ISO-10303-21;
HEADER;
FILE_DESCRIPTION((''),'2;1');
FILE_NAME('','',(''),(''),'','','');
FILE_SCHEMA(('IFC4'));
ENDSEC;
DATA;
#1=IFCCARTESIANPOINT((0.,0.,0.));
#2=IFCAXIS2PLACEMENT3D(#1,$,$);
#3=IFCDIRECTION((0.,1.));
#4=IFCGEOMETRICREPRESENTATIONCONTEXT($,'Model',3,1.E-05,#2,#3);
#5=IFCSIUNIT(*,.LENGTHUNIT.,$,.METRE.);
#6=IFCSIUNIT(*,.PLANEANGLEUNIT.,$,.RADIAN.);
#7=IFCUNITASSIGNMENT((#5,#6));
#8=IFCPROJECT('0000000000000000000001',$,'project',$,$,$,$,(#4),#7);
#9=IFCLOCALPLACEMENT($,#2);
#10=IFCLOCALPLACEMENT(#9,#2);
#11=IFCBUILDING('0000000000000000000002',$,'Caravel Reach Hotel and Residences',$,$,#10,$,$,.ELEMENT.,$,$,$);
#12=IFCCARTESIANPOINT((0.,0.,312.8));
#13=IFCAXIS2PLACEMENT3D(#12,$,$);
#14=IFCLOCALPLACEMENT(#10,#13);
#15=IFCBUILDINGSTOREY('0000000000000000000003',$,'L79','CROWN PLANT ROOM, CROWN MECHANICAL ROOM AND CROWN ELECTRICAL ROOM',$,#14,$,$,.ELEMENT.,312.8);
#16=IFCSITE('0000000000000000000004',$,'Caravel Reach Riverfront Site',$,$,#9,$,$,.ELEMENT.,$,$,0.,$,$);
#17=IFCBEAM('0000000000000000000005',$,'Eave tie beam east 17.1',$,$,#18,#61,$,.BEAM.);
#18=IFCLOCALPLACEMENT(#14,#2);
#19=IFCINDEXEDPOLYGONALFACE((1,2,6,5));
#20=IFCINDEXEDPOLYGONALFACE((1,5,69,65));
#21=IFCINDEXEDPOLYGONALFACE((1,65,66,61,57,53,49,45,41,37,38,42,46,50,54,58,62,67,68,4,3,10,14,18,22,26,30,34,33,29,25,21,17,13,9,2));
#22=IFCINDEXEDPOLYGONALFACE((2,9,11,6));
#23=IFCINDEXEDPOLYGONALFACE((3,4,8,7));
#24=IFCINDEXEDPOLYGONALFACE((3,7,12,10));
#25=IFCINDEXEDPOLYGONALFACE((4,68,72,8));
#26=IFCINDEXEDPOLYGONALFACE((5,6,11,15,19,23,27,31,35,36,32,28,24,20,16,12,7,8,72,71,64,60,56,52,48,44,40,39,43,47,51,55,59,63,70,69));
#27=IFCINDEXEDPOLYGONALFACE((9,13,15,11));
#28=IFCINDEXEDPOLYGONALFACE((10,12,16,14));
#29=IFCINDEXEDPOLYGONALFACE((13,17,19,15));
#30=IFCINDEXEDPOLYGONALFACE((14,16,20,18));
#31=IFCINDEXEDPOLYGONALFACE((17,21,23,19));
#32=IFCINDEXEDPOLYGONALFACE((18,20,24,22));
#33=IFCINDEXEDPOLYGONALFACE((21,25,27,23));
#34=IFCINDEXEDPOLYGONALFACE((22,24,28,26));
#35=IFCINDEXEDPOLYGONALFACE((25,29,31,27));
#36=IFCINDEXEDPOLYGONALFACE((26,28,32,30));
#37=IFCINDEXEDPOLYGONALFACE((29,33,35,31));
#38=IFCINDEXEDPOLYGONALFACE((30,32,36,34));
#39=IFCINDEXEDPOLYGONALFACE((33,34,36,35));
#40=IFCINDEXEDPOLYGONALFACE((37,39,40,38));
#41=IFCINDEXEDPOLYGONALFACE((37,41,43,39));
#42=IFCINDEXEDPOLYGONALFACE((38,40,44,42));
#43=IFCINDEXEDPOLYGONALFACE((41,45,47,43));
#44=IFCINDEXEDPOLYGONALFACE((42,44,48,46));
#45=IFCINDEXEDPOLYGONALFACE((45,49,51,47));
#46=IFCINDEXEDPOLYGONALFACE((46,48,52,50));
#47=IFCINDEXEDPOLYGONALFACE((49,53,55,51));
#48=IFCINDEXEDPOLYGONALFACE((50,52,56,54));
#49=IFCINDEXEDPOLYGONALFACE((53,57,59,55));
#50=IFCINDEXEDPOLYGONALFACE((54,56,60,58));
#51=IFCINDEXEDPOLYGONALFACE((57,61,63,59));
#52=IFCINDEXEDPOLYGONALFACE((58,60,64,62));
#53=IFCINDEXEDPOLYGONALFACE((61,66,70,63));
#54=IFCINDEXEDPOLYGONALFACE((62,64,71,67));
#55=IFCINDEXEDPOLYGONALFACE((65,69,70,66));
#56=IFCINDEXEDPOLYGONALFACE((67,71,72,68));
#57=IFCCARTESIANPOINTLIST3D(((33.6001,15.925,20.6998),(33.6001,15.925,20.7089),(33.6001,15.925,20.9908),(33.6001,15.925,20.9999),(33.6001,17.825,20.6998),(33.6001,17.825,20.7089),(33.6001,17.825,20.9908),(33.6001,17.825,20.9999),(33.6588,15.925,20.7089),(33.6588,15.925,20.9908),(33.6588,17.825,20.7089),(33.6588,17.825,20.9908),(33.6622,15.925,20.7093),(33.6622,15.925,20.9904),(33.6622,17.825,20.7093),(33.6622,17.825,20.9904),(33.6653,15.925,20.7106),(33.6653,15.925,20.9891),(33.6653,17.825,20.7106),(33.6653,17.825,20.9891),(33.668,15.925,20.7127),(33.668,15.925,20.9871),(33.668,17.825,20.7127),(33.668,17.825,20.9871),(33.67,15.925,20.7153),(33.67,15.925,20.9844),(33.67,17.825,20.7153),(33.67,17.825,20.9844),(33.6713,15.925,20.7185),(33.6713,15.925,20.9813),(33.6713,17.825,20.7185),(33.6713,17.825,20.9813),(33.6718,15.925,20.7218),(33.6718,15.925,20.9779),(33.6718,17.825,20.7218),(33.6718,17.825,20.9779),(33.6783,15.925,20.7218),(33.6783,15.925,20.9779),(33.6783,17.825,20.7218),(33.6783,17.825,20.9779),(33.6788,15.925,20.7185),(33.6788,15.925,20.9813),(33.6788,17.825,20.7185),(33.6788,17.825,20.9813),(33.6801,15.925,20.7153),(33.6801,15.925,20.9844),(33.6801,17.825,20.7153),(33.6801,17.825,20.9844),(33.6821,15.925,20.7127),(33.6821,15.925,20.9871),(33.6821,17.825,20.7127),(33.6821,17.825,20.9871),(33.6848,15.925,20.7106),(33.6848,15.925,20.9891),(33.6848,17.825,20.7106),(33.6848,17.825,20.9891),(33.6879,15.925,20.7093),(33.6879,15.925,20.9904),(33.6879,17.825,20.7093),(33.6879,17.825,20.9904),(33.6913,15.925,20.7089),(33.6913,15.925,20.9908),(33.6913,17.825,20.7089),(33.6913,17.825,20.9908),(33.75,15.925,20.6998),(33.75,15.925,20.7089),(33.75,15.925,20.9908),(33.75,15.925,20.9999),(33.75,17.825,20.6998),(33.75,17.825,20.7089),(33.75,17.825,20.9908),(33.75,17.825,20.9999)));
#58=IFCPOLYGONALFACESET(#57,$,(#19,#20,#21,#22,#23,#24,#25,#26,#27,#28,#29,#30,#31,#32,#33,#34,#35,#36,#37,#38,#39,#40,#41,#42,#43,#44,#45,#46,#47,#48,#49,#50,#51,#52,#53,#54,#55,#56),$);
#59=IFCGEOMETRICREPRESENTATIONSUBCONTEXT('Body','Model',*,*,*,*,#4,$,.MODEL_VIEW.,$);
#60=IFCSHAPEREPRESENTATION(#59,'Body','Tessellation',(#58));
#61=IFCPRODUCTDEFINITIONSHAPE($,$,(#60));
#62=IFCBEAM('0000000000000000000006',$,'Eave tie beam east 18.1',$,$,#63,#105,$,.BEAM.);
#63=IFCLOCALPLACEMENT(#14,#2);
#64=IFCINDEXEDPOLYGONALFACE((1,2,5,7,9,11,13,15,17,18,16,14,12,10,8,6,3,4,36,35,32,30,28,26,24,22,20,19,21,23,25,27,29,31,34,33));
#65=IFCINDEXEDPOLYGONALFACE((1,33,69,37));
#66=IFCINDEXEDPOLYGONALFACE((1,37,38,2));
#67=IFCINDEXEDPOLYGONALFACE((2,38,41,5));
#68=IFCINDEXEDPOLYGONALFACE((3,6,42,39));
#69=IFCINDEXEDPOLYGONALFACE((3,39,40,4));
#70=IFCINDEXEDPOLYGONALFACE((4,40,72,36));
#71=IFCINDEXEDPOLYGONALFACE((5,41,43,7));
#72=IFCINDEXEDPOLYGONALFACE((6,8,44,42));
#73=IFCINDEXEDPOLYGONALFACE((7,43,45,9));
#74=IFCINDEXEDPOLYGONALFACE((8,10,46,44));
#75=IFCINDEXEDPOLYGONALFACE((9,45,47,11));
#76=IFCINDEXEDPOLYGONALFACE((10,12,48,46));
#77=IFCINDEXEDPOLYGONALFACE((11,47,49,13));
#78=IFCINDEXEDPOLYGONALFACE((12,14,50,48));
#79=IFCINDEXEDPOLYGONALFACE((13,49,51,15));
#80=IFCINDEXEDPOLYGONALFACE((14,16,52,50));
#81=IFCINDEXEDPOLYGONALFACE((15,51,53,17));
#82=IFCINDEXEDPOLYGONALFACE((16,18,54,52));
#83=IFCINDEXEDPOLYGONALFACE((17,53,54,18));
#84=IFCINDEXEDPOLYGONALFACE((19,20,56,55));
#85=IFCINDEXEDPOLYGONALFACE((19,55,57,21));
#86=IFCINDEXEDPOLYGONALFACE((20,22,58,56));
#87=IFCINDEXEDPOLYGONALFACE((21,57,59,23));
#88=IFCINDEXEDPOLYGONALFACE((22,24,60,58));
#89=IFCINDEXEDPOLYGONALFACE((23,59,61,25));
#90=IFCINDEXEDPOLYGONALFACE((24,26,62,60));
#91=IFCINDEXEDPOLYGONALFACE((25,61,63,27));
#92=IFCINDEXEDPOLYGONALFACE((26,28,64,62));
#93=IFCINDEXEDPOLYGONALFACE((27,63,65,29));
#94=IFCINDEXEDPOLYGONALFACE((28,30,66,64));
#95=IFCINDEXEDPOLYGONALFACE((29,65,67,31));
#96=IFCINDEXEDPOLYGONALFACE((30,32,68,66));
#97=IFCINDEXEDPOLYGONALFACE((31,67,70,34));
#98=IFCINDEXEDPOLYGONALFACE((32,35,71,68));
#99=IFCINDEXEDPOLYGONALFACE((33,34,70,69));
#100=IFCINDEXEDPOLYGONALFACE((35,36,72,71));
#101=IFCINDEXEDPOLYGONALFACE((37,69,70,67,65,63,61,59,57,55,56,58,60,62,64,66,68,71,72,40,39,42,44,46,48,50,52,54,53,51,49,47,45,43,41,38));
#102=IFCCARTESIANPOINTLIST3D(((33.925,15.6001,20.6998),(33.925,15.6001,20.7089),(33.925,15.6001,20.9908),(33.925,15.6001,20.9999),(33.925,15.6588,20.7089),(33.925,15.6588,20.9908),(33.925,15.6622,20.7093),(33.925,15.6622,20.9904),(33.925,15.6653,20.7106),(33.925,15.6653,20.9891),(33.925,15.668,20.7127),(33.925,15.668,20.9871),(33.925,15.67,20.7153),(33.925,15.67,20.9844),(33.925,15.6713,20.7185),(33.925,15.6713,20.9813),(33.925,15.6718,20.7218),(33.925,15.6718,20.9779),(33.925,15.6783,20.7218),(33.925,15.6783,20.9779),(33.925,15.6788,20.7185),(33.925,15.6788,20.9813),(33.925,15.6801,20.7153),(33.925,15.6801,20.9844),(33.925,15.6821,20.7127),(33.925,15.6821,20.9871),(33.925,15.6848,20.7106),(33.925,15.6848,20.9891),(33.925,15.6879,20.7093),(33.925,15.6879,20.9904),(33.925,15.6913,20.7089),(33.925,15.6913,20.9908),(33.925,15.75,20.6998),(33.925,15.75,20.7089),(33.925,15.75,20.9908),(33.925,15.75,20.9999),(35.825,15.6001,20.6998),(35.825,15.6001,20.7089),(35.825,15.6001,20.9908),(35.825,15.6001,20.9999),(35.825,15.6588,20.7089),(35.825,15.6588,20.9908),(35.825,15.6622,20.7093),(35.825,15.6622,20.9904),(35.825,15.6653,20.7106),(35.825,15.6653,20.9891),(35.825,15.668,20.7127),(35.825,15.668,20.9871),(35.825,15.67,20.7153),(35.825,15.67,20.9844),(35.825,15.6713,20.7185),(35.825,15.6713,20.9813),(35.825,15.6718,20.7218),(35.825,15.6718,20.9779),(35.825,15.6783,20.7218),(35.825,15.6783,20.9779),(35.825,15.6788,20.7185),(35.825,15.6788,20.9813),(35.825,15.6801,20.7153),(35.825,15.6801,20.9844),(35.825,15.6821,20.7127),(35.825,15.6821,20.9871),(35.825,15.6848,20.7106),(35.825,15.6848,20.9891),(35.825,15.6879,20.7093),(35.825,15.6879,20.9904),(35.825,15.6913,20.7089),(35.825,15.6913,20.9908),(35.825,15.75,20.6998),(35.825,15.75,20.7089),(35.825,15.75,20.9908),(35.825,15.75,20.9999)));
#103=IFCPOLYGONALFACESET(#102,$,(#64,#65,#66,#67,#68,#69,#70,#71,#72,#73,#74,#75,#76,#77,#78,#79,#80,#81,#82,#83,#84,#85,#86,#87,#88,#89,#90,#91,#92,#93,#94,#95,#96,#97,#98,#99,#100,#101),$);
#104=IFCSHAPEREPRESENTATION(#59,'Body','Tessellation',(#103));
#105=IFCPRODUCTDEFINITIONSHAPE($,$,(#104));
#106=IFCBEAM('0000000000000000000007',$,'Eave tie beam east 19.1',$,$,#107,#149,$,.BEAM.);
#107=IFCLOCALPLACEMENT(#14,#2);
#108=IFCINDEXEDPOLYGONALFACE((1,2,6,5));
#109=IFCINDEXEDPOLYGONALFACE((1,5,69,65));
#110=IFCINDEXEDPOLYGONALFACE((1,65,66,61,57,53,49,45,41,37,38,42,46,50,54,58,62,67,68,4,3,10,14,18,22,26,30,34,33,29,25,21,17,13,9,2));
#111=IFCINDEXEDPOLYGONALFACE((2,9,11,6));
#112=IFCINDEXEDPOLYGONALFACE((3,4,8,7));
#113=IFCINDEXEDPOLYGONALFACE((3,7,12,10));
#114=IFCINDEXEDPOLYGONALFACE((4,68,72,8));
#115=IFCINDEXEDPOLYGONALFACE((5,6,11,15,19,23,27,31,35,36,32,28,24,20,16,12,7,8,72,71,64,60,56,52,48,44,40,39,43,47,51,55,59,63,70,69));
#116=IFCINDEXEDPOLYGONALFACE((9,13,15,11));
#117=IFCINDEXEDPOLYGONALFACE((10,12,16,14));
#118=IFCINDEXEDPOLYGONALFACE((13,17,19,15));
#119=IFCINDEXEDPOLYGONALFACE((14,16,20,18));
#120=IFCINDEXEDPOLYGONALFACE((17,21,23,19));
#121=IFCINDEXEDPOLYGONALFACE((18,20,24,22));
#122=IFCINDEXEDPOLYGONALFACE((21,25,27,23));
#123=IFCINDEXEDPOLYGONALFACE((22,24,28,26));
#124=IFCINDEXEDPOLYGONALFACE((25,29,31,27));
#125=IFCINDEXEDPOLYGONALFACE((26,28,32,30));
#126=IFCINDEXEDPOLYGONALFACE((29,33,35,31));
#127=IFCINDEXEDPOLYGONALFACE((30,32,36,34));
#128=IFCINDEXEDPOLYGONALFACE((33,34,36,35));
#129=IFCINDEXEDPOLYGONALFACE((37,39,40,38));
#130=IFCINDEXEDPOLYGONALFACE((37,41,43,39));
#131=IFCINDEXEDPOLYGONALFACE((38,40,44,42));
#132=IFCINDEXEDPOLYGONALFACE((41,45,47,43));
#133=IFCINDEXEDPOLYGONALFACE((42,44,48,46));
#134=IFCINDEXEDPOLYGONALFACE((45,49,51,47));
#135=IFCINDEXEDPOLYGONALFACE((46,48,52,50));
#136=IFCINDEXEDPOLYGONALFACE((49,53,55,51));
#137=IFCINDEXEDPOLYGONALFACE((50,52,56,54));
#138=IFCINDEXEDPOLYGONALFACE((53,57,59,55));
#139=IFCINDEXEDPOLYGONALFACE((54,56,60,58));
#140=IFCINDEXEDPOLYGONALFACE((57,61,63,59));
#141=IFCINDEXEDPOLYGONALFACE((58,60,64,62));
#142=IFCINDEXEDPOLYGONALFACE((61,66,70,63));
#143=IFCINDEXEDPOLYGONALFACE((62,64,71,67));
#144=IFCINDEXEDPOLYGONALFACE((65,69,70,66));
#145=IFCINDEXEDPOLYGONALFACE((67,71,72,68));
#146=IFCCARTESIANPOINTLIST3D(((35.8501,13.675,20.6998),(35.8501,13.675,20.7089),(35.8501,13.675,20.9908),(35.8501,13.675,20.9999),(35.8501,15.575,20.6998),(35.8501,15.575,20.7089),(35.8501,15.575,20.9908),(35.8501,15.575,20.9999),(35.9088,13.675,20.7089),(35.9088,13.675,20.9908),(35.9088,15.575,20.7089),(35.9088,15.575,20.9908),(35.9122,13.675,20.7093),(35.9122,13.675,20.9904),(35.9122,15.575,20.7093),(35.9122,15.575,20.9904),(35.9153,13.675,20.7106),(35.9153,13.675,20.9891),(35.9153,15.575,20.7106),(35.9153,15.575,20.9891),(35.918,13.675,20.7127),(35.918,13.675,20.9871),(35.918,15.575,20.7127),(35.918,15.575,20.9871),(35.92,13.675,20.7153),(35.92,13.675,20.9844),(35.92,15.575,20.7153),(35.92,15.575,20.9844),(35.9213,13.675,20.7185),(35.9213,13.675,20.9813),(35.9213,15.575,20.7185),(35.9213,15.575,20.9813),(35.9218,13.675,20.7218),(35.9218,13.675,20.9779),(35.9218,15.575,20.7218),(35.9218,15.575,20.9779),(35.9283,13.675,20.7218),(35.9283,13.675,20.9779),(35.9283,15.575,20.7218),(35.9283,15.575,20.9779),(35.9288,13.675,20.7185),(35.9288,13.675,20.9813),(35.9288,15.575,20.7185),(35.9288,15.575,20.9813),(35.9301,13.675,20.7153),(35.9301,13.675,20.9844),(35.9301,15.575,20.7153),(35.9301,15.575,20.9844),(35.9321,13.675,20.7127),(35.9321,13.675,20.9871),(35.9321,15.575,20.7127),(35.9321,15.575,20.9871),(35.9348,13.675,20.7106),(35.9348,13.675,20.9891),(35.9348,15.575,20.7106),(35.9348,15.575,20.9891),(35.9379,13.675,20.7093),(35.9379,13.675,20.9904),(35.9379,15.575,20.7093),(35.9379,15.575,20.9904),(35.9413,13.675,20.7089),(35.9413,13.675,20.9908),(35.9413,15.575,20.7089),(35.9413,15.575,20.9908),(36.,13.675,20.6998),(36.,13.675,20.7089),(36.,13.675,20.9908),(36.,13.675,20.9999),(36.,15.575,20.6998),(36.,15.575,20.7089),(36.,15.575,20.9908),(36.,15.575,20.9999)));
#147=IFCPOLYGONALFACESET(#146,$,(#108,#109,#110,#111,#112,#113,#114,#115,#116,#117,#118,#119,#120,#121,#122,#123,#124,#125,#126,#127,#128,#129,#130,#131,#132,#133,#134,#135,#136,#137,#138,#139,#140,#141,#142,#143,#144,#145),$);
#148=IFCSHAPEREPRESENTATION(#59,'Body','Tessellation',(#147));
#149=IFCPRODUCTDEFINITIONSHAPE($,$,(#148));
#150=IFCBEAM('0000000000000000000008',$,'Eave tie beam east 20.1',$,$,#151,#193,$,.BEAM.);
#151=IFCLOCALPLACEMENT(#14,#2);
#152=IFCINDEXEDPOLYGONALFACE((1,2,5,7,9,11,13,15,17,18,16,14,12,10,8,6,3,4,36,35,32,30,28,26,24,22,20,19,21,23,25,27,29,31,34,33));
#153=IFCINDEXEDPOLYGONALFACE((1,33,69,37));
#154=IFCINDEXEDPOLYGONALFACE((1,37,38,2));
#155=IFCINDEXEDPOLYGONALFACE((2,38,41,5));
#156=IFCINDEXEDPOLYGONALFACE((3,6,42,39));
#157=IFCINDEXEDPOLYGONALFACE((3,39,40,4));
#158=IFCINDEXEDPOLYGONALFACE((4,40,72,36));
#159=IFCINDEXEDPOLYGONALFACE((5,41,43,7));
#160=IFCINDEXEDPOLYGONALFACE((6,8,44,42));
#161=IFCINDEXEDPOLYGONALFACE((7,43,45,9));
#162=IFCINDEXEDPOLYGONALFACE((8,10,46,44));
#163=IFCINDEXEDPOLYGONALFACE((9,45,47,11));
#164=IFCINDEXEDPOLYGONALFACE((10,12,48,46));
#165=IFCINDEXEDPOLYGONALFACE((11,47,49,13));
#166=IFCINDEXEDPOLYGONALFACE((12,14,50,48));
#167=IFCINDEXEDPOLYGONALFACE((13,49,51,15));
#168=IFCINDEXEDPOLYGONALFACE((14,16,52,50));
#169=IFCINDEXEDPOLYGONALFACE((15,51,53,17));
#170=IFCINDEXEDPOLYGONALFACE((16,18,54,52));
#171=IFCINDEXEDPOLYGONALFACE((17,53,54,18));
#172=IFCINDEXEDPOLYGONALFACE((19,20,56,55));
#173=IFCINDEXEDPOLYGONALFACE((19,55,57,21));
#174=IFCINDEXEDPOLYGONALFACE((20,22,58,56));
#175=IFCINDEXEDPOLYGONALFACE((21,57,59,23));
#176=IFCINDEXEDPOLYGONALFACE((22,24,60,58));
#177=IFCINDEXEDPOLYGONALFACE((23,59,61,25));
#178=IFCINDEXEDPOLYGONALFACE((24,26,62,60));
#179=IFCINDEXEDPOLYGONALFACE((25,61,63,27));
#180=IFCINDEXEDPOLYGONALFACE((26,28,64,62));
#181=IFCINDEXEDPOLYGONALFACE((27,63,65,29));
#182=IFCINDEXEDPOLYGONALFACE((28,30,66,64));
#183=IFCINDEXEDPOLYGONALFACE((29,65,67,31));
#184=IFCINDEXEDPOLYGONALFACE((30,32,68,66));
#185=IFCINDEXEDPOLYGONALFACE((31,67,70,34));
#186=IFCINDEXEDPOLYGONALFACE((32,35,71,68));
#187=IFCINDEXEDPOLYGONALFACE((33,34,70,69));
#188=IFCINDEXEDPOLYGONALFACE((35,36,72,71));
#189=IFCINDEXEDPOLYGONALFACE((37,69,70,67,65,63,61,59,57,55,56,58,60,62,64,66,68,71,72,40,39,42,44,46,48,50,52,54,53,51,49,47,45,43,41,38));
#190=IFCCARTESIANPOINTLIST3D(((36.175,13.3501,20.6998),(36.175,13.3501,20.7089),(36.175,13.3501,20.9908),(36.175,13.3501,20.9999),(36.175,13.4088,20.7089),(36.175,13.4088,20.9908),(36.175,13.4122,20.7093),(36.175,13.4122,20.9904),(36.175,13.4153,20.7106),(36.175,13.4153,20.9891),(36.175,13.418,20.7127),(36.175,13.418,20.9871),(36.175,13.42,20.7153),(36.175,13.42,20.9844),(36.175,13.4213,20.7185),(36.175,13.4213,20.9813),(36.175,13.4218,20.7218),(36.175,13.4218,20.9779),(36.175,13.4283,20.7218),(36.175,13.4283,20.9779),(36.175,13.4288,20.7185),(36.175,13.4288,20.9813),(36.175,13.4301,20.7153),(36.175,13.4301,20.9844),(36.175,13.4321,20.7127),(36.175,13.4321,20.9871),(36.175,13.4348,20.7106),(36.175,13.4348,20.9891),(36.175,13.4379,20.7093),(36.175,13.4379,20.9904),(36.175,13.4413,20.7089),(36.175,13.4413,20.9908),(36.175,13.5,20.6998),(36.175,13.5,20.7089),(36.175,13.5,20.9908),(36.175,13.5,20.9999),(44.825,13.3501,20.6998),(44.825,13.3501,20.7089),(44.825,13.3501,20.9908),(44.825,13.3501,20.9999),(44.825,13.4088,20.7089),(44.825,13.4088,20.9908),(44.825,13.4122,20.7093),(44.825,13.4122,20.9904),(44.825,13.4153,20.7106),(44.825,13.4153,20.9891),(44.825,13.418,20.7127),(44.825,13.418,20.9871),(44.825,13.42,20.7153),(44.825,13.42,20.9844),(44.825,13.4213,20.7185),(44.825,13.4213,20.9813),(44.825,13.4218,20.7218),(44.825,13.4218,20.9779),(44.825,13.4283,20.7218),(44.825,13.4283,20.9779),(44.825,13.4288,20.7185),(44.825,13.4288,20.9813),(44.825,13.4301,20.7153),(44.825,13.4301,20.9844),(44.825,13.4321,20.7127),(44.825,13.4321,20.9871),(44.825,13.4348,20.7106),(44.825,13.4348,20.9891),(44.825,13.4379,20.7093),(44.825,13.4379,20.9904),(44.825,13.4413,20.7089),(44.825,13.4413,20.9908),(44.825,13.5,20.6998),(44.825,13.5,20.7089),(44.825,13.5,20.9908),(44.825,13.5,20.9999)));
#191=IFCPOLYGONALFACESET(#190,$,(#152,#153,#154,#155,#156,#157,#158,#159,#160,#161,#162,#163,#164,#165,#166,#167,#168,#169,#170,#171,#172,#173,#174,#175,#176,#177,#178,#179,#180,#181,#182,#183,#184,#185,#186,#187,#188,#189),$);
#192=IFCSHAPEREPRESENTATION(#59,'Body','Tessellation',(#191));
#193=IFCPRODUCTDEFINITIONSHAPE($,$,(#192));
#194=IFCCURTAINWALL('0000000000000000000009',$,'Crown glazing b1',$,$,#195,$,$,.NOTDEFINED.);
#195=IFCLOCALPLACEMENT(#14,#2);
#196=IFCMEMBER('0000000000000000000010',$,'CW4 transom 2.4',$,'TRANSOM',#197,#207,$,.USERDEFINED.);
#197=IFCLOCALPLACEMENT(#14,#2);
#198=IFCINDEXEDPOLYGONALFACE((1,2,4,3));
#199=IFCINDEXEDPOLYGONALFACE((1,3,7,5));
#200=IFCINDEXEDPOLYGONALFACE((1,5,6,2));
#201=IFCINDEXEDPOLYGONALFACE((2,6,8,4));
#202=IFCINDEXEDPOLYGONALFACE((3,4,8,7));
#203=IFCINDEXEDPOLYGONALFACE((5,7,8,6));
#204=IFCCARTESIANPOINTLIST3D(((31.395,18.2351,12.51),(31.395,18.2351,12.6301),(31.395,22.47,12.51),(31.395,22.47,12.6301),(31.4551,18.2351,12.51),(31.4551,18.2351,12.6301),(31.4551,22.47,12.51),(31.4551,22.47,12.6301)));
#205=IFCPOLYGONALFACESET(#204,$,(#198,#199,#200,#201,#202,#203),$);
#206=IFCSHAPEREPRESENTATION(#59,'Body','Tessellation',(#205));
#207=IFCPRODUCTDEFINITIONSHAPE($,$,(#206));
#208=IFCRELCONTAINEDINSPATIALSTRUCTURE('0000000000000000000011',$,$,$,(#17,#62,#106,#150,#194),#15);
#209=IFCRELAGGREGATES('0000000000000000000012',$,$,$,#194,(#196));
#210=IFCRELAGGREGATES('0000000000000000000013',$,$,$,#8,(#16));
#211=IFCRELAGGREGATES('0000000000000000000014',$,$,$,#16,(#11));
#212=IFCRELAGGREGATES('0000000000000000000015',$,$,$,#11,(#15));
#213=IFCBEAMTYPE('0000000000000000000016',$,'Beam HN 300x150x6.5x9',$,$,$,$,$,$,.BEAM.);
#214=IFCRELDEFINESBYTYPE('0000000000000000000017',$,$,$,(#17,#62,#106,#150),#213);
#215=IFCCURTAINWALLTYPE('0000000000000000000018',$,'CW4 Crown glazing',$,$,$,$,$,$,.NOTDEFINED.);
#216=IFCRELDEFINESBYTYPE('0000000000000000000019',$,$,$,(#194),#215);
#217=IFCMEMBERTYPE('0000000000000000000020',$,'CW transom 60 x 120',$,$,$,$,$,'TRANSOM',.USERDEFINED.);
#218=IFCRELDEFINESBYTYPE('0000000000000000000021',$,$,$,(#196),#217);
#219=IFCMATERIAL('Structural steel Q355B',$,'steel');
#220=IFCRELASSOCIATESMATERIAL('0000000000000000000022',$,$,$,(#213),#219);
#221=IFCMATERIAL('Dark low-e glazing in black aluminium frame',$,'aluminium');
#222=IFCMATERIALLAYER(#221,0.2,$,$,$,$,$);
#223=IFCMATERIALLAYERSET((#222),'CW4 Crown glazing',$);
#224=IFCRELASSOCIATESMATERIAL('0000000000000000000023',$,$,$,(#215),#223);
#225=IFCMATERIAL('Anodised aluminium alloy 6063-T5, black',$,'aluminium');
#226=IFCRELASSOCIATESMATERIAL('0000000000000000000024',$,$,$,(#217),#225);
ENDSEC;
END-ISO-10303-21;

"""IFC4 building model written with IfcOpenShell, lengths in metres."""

from ifc_helpers import new_model, si_unit, direction, frame, origin, origin_2d, place, context, subcontext, project, spatial, rectangle, i_section, extrude, material, layer, layer_set, material_profile, profile_set, type_object, element, aggregate, save


model = new_model("IFC4")

# Units and contexts
model_context = context("Model", 3, precision=1e-05, world=origin(), true_north=direction((0.0, 1.0)))
body_context = subcontext(model_context, "Body", "Model", "MODEL_VIEW")
ifc_project = project(units=[si_unit("LENGTHUNIT", "METRE"), si_unit("PLANEANGLEUNIT", "RADIAN")], contexts=[model_context])

# Site, building, storey
site_placement = place(None, origin())
site = spatial("IfcSite", under=ifc_project, at=site_placement, Name="Caravel Reach Riverfront Site", CompositionType="ELEMENT", RefElevation=0.0)
building_placement = place(site_placement, origin())
building = spatial("IfcBuilding", under=site, at=building_placement, Name="Caravel Reach Hotel and Residences", CompositionType="ELEMENT")
storey_placement = place(building_placement, frame((0.0, 0.0, 312.8)))
storey = spatial("IfcBuildingStorey", under=building, at=storey_placement, Name="L79", Description="CROWN PLANT ROOM, CROWN MECHANICAL ROOM AND CROWN ELECTRICAL ROOM", CompositionType="ELEMENT", Elevation=312.8)

# Beams
ifc_material_1 = material(Name="Structural steel Q355B", Category="steel")
ifc_material_profile_1 = material_profile(ifc_material_1, i_section(OverallWidth=0.1499, OverallDepth=0.3, WebThickness=0.0066, FlangeThickness=0.009, FilletRadius=0.0129, at=origin_2d()), Name="HN 300x150x6.5x9")
ifc_profile_set_1 = profile_set([ifc_material_profile_1], Name="Structural steel Q355B")
beam_type = type_object("IfcBeamType", Name="Beam HN 300x150x6.5x9", PredefinedType="BEAM", material=ifc_profile_set_1)
for number, where, z_axis, x_axis, name in (
    (1, (33.675, 17.825, 20.8499), (0.0, -1.0, 0.0), (1.0, 0.0, 0.0), "Eave tie beam east 17.1"),
    (2, (33.925, 15.675, 20.8499), (1.0, 0.0, 0.0), (0.0, 1.0, 0.0), "Eave tie beam east 18.1"),
    (3, (35.925, 15.575, 20.8499), (0.0, -1.0, 0.0), (1.0, 0.0, 0.0), "Eave tie beam east 19.1"),
):
    element("IfcBeam", number, at=place(storey_placement, frame(where, z_axis=z_axis, x_axis=x_axis)), inside=storey, type_object=beam_type, Name=name, PredefinedType="BEAM", context=body_context, shape_type="SweptSolid", body=[
        extrude(i_section(OverallWidth=0.1499, OverallDepth=0.3, WebThickness=0.0066, FlangeThickness=0.009, FilletRadius=0.0129, at=origin_2d()), origin(), (0.0, 0.0, 1.0), 1.8999),
    ])
beam_placement = place(storey_placement, frame((36.175, 13.425, 20.8499), z_axis=(1.0, 0.0, 0.0), x_axis=(0.0, 1.0, 0.0)))
element("IfcBeam", 4, at=beam_placement, inside=storey, type_object=beam_type, Name="Eave tie beam east 20.1", PredefinedType="BEAM", context=body_context, shape_type="SweptSolid", body=[
    extrude(i_section(OverallWidth=0.1499, OverallDepth=0.3, WebThickness=0.0066, FlangeThickness=0.009, FilletRadius=0.0129, at=origin_2d()), origin(), (0.0, 0.0, 1.0), 8.6499),
])

# Curtain wall, member
ifc_material_2 = material(Name="Dark low-e glazing in black aluminium frame", Category="aluminium")
ifc_layer_1 = layer(ifc_material_2, 0.2)
ifc_layer_set_1 = layer_set([ifc_layer_1], Name="CW4 Crown glazing")
curtain_wall_type = type_object("IfcCurtainWallType", Name="CW4 Crown glazing", PredefinedType="NOTDEFINED", material=ifc_layer_set_1)
curtain_wall_1_placement = place(storey_placement, origin())
curtain_wall_1 = element("IfcCurtainWall", 5, at=curtain_wall_1_placement, inside=storey, type_object=curtain_wall_type, Name="Crown glazing b1", PredefinedType="NOTDEFINED")
ifc_material_3 = material(Name="Anodised aluminium alloy 6063-T5, black", Category="aluminium")
ifc_material_profile_2 = material_profile(ifc_material_3, rectangle(XDim=0.0601, YDim=0.1201, at=origin_2d()), Name="CW transom 60 x 120")
ifc_profile_set_2 = profile_set([ifc_material_profile_2], Name="Anodised aluminium alloy 6063-T5, black")
member_type = type_object("IfcMemberType", Name="CW transom 60 x 120", ElementType="TRANSOM", PredefinedType="USERDEFINED", material=ifc_profile_set_2)
member_1_placement = place(storey_placement, frame((31.425, 22.47, 12.5701), z_axis=(0.0, -1.0, 0.0), x_axis=(1.0, 0.0, 0.0)))
member_1 = element("IfcMember", 6, at=member_1_placement, type_object=member_type, Name="CW4 transom 2.4", ObjectType="TRANSOM", PredefinedType="USERDEFINED", context=body_context, shape_type="SweptSolid", body=[
    extrude(rectangle(XDim=0.0601, YDim=0.1201, at=origin_2d()), origin(), (0.0, 0.0, 1.0), 4.2349),
])

aggregate(curtain_wall_1, [member_1])

save(model, "model.ifc")
